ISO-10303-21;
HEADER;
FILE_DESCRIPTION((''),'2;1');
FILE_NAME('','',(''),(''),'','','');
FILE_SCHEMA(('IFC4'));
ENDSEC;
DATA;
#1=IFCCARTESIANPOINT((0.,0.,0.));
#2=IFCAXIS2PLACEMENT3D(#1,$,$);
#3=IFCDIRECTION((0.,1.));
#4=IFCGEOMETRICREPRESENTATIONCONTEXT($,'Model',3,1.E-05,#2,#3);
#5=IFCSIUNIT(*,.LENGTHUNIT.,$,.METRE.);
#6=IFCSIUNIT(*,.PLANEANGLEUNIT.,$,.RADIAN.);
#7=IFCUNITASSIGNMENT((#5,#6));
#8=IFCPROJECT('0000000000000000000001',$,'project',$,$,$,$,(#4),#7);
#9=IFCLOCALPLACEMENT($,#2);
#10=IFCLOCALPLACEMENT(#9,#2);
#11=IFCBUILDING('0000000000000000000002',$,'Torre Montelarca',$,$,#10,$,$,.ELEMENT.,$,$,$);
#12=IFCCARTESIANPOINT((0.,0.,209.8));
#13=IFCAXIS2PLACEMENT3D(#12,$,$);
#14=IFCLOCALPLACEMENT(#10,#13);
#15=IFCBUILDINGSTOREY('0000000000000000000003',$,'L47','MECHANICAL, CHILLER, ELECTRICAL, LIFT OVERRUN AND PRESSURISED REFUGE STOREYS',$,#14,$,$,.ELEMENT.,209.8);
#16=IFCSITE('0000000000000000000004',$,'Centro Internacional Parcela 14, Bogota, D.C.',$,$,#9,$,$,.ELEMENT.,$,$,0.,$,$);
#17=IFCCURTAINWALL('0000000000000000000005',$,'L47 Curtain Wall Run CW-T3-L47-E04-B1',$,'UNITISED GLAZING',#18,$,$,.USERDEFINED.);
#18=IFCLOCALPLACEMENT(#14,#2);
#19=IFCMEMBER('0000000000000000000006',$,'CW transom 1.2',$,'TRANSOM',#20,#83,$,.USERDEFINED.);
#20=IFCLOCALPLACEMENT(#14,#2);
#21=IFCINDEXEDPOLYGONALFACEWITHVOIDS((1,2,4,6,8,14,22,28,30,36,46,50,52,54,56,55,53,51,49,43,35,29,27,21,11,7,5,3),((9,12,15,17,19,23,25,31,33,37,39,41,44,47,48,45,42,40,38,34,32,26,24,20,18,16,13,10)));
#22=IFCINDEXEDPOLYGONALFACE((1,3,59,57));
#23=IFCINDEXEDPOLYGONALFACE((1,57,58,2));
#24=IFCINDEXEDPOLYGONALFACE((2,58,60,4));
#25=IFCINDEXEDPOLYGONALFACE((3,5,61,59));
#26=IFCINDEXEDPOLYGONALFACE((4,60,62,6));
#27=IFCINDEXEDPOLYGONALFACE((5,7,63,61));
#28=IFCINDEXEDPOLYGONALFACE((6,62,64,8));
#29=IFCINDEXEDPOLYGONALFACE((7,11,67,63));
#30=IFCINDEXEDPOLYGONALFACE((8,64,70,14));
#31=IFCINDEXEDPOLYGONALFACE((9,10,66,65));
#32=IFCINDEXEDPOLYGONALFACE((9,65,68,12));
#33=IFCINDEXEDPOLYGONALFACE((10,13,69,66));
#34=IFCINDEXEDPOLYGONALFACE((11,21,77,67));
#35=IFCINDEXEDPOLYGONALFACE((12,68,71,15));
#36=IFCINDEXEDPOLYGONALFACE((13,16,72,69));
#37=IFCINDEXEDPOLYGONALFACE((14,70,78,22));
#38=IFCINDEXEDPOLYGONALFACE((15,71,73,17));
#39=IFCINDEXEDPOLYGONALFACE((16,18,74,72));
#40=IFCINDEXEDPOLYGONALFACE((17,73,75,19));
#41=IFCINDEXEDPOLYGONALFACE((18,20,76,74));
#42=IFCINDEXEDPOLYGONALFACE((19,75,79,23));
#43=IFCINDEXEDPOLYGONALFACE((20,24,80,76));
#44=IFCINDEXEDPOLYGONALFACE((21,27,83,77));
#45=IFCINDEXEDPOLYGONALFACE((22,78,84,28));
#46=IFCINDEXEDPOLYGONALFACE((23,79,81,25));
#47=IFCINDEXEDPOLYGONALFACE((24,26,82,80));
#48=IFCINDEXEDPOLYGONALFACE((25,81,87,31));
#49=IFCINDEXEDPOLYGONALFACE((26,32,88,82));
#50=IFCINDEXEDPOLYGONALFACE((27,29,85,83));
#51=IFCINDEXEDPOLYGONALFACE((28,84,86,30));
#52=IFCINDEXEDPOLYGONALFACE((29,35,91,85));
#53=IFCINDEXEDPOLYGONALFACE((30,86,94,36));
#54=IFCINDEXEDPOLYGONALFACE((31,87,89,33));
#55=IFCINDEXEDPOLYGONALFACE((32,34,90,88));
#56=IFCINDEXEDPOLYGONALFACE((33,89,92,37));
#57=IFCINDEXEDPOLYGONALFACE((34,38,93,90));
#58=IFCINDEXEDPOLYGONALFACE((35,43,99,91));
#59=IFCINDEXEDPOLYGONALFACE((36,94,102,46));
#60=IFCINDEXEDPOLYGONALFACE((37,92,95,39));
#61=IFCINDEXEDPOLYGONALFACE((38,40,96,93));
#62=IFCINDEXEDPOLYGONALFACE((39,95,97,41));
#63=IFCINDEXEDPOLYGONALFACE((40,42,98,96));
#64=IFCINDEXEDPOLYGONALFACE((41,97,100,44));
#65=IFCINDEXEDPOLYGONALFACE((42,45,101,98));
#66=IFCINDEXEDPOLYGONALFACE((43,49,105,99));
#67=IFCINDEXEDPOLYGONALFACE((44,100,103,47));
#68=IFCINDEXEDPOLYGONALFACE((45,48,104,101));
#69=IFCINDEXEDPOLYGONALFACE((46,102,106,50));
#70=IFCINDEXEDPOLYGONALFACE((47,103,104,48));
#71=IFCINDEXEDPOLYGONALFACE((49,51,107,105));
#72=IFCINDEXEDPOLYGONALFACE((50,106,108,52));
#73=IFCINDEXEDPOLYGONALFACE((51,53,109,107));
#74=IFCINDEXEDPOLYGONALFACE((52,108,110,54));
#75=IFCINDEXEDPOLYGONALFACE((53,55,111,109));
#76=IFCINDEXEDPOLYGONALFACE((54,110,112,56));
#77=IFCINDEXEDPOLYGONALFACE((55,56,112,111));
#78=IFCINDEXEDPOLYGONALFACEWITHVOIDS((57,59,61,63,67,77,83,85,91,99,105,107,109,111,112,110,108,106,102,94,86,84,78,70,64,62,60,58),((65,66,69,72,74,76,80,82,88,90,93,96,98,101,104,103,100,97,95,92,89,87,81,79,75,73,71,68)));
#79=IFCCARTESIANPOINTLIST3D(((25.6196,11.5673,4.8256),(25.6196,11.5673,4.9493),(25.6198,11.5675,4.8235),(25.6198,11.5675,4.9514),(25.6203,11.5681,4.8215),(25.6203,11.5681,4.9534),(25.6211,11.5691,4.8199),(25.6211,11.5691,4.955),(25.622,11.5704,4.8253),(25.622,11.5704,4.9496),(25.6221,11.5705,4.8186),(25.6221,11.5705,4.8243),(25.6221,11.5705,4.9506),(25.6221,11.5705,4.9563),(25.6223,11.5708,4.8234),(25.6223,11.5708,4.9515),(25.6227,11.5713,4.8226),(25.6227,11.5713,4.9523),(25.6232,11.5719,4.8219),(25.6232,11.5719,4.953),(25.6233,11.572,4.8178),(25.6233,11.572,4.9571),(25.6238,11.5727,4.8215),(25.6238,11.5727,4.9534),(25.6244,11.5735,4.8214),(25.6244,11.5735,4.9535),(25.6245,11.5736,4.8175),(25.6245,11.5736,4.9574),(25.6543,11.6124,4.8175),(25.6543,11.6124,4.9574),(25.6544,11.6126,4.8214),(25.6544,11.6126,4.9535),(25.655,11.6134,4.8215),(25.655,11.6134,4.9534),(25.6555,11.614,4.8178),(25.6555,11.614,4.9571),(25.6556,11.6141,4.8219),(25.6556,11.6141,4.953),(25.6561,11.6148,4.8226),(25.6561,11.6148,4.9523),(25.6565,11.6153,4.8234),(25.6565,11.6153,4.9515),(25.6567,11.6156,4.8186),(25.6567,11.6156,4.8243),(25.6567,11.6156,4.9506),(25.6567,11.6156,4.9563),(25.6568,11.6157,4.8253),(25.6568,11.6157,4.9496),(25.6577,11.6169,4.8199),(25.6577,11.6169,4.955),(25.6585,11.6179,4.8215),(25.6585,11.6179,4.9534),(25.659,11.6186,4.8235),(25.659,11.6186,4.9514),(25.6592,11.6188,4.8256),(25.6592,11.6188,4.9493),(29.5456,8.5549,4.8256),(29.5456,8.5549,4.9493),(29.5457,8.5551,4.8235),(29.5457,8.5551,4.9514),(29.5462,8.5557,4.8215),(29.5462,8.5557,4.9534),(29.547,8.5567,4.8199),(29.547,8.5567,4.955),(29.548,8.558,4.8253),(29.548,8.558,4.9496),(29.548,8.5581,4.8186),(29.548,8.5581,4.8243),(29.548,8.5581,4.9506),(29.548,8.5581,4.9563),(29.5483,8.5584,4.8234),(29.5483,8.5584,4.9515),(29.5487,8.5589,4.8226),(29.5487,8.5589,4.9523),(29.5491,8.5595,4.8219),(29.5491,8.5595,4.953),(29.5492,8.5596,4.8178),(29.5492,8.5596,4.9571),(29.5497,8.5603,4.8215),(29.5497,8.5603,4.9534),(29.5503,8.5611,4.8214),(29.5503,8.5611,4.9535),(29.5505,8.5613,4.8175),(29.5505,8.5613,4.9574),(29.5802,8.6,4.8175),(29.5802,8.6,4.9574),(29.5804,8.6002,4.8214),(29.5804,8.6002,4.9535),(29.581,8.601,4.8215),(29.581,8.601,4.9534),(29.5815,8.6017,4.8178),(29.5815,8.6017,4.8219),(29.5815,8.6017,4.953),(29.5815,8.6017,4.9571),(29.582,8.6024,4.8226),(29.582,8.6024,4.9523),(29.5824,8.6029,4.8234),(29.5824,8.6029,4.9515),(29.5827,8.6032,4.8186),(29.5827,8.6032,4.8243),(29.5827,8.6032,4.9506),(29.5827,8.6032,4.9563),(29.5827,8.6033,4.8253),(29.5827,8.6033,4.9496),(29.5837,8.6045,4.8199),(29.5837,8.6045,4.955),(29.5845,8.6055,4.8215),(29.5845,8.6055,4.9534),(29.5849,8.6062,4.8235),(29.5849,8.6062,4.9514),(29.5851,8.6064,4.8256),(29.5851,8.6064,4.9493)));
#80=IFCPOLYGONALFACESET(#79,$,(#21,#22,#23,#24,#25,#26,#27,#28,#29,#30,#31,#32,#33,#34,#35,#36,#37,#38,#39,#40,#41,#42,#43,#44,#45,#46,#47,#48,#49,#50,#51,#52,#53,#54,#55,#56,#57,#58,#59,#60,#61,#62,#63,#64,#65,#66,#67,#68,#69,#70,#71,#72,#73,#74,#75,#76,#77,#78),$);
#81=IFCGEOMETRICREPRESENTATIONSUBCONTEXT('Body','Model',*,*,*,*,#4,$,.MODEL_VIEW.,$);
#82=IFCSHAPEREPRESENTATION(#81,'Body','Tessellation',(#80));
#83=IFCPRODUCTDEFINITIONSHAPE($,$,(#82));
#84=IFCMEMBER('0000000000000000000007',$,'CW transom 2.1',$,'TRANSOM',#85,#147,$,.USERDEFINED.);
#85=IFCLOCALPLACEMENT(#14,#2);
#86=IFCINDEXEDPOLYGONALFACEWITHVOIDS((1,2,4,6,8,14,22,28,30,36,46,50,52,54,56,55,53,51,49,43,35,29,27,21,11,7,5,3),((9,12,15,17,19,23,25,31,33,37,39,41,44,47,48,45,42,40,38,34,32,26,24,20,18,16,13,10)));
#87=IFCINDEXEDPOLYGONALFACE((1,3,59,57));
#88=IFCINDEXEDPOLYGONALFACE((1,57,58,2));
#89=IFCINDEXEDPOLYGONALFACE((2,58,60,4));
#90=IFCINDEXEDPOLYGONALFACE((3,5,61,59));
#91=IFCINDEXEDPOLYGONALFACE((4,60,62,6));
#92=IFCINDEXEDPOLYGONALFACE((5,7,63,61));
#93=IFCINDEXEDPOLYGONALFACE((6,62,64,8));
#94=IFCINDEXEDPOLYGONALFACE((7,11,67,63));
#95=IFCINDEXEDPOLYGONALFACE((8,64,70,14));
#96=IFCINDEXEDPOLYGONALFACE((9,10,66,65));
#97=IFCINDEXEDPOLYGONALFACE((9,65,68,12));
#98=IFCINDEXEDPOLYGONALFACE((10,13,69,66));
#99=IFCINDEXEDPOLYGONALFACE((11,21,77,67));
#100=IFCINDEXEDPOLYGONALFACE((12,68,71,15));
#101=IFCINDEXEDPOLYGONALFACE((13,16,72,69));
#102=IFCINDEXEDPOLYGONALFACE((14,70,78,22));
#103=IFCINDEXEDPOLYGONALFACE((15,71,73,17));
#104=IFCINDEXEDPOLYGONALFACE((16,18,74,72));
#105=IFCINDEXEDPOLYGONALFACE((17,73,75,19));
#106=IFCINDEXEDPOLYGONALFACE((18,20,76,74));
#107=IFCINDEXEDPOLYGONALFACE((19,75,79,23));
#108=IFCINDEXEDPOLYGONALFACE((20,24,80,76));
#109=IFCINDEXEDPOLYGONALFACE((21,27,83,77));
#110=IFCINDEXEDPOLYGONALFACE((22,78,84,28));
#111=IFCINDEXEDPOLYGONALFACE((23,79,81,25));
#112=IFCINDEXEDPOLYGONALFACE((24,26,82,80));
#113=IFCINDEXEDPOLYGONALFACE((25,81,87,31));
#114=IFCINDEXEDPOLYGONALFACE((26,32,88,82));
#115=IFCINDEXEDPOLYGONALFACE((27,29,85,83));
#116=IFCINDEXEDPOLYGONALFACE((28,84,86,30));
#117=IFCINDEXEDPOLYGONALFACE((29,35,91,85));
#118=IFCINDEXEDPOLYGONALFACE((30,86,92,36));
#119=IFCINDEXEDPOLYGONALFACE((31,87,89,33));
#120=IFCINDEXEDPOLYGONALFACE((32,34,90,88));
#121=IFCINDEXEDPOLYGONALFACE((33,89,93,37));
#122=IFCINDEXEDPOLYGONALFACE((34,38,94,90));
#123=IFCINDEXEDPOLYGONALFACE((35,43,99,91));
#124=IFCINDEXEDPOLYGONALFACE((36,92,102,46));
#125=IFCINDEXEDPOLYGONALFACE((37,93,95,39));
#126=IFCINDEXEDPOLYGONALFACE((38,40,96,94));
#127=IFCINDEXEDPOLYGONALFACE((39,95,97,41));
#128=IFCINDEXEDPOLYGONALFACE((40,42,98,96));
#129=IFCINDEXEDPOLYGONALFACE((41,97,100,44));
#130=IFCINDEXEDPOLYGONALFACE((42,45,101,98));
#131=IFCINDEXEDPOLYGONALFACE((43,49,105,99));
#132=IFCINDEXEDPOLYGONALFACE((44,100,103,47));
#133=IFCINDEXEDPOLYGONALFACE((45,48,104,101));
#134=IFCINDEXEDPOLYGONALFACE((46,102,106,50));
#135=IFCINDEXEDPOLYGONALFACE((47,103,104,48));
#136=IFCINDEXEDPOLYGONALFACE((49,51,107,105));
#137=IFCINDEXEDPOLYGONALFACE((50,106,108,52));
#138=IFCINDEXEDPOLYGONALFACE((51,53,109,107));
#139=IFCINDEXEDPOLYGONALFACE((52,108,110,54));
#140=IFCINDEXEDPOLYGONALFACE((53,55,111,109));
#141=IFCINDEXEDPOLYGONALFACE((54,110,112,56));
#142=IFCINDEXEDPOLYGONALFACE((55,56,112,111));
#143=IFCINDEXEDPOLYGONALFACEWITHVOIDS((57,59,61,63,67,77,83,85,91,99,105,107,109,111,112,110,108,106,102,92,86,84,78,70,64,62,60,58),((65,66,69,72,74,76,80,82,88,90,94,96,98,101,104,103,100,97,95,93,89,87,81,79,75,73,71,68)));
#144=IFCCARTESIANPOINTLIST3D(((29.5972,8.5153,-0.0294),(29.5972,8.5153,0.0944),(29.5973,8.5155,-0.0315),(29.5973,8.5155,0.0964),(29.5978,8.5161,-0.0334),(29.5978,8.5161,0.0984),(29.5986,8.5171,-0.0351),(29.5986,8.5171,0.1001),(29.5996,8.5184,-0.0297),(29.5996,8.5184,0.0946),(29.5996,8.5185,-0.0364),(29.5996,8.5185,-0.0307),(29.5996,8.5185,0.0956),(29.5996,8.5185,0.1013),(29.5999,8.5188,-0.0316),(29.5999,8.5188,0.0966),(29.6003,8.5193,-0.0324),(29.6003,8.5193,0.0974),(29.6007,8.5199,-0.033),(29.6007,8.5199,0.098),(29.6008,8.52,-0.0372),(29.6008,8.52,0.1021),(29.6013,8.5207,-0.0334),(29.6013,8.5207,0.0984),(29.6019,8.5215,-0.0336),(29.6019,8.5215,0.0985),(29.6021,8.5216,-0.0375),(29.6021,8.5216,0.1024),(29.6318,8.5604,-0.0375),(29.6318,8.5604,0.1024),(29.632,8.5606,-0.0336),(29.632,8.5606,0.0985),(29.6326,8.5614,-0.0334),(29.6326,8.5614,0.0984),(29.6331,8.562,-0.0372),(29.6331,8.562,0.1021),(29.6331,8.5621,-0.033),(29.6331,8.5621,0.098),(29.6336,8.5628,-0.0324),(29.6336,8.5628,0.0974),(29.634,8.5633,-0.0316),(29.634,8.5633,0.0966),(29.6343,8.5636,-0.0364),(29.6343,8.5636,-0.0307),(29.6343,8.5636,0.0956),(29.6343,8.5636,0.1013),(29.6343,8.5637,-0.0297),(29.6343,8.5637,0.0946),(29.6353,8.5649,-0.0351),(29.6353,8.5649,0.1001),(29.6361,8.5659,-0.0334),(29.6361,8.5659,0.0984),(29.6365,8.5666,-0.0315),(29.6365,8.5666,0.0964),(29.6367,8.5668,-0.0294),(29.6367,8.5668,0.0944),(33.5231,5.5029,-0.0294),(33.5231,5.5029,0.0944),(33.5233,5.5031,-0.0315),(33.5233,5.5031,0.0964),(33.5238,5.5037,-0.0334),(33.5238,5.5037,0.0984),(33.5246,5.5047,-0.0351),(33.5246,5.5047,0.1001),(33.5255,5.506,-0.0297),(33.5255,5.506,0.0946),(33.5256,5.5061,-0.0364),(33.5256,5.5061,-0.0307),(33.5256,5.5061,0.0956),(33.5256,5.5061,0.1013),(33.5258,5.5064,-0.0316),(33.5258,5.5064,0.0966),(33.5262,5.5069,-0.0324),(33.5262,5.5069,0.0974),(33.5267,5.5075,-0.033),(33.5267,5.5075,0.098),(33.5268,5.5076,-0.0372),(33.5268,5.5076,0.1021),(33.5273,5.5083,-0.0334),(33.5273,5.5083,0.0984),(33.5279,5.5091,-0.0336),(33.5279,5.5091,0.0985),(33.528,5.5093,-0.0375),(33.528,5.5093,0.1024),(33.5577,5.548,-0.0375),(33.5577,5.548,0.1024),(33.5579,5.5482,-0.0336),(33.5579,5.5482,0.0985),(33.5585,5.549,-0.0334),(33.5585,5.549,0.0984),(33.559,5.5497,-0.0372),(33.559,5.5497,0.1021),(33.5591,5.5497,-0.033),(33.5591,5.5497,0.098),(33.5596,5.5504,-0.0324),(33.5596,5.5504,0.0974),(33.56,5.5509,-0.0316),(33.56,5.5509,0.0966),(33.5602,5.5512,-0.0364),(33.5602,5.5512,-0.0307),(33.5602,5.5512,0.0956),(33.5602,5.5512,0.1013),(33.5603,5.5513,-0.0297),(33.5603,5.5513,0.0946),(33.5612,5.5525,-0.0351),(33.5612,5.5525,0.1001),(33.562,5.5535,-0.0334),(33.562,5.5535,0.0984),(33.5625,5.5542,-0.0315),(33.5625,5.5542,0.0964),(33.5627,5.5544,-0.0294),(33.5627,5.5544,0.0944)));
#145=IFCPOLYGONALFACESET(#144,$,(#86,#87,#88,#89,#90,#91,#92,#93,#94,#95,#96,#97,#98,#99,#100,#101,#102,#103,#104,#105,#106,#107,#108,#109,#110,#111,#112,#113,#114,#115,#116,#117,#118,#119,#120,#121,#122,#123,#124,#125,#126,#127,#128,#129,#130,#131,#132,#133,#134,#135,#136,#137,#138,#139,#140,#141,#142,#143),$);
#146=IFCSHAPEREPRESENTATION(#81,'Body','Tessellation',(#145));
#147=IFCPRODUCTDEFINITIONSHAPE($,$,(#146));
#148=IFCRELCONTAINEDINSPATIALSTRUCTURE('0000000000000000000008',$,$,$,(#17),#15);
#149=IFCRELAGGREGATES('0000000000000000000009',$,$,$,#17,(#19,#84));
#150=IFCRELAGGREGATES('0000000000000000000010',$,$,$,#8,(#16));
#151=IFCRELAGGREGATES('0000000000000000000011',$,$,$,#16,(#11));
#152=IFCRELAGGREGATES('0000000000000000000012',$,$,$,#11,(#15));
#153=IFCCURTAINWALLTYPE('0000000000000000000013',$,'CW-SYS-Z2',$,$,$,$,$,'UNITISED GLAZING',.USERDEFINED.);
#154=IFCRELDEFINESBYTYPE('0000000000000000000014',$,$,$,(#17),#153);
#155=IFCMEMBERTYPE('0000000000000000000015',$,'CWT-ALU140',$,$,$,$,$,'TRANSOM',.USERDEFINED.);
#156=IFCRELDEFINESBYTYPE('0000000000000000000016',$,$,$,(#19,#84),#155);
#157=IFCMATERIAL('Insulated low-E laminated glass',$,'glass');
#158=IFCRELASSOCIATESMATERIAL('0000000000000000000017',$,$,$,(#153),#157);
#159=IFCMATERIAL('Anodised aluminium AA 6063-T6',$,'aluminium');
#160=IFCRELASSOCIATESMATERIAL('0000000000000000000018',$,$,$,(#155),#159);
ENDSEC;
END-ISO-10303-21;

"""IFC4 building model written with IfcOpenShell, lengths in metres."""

from ifc_helpers import new_model, si_unit, direction, frame, origin, origin_2d, place, context, subcontext, project, spatial, hollow_rectangle, extrude, source, transform, mapped, material, material_profile, profile_set, type_object, element, aggregate, save


model = new_model("IFC4")

# Units and contexts
model_context = context("Model", 3, precision=1e-05, world=origin(), true_north=direction((0.0, 1.0)))
body_context = subcontext(model_context, "Body", "Model", "MODEL_VIEW")
ifc_project = project(units=[si_unit("LENGTHUNIT", "METRE"), si_unit("PLANEANGLEUNIT", "RADIAN")], contexts=[model_context])

# Site, building, storey
site_placement = place(None, origin())
site = spatial("IfcSite", under=ifc_project, at=site_placement, Name="Centro Internacional Parcela 14, Bogota, D.C.", CompositionType="ELEMENT", RefElevation=0.0)
building_placement = place(site_placement, origin())
building = spatial("IfcBuilding", under=site, at=building_placement, Name="Torre Montelarca", CompositionType="ELEMENT")
storey_placement = place(building_placement, frame((0.0, 0.0, 209.8)))
storey = spatial("IfcBuildingStorey", under=building, at=storey_placement, Name="L47", Description="MECHANICAL, CHILLER, ELECTRICAL, LIFT OVERRUN AND PRESSURISED REFUGE STOREYS", CompositionType="ELEMENT", Elevation=209.8)

# Shared definitions
ifc_material_1 = material(Name="Insulated low-E laminated glass", Category="glass")
curtain_wall_type = type_object("IfcCurtainWallType", Name="CW-SYS-Z2", ElementType="UNITISED GLAZING", PredefinedType="USERDEFINED", material=ifc_material_1)
ifc_material_2 = material(Name="Anodised aluminium AA 6063-T6", Category="aluminium")
ifc_material_profile_1 = material_profile(ifc_material_2, hollow_rectangle(XDim=0.0649, YDim=0.1399, WallThickness=0.0039, InnerFilletRadius=0.0039, OuterFilletRadius=0.0081, at=origin_2d()), Name="ALU65X140X4", Category="aluminium")
ifc_profile_set_1 = profile_set([ifc_material_profile_1], Name="Anodised aluminium AA 6063-T6")
member_type_1 = type_object("IfcMemberType", Name="CWT-ALU140", ElementType="TRANSOM", PredefinedType="USERDEFINED", material=ifc_profile_set_1)

# Curtain wall
curtain_wall_1_placement = place(storey_placement, origin())
curtain_wall_1 = element("IfcCurtainWall", 1, at=curtain_wall_1_placement, inside=storey, type_object=curtain_wall_type, Name="L47 Curtain Wall Run CW-T3-L47-E04-B1", ObjectType="UNITISED GLAZING", PredefinedType="USERDEFINED")

# Members
shared_shape_1 = source(origin(), body_context, "Body", "SweptSolid", [
    extrude(hollow_rectangle(XDim=0.0649, YDim=0.1399, WallThickness=0.0039, InnerFilletRadius=0.0039, OuterFilletRadius=0.0081, at=origin_2d()), origin(), (0.0, 0.0, 1.0), 4.9485),
])
member_1_placement = place(storey_placement, frame((25.6394, 11.593, 4.8875), z_axis=(0.793363, -0.608749, 0.0), x_axis=(0.608749, 0.793363, 0.0)))
member_1 = element("IfcMember", 2, at=member_1_placement, type_object=member_type_1, Name="CW transom 1.2", ObjectType="TRANSOM", PredefinedType="USERDEFINED", context=body_context, shape_type="MappedRepresentation", body=[
    mapped(shared_shape_1, transform((0.0, 0.0, 0.0), scale=1.0)),
])
member_2_placement = place(storey_placement, frame((29.6169, 8.541, 0.0325), z_axis=(0.793363, -0.608749, 0.0), x_axis=(0.608749, 0.793363, 0.0)))
member_2 = element("IfcMember", 3, at=member_2_placement, type_object=member_type_1, Name="CW transom 2.1", ObjectType="TRANSOM", PredefinedType="USERDEFINED", context=body_context, shape_type="MappedRepresentation", body=[
    mapped(shared_shape_1, transform((0.0, 0.0, 0.0), scale=1.0)),
])

aggregate(curtain_wall_1, [member_1, member_2])

save(model, "model.ifc")
